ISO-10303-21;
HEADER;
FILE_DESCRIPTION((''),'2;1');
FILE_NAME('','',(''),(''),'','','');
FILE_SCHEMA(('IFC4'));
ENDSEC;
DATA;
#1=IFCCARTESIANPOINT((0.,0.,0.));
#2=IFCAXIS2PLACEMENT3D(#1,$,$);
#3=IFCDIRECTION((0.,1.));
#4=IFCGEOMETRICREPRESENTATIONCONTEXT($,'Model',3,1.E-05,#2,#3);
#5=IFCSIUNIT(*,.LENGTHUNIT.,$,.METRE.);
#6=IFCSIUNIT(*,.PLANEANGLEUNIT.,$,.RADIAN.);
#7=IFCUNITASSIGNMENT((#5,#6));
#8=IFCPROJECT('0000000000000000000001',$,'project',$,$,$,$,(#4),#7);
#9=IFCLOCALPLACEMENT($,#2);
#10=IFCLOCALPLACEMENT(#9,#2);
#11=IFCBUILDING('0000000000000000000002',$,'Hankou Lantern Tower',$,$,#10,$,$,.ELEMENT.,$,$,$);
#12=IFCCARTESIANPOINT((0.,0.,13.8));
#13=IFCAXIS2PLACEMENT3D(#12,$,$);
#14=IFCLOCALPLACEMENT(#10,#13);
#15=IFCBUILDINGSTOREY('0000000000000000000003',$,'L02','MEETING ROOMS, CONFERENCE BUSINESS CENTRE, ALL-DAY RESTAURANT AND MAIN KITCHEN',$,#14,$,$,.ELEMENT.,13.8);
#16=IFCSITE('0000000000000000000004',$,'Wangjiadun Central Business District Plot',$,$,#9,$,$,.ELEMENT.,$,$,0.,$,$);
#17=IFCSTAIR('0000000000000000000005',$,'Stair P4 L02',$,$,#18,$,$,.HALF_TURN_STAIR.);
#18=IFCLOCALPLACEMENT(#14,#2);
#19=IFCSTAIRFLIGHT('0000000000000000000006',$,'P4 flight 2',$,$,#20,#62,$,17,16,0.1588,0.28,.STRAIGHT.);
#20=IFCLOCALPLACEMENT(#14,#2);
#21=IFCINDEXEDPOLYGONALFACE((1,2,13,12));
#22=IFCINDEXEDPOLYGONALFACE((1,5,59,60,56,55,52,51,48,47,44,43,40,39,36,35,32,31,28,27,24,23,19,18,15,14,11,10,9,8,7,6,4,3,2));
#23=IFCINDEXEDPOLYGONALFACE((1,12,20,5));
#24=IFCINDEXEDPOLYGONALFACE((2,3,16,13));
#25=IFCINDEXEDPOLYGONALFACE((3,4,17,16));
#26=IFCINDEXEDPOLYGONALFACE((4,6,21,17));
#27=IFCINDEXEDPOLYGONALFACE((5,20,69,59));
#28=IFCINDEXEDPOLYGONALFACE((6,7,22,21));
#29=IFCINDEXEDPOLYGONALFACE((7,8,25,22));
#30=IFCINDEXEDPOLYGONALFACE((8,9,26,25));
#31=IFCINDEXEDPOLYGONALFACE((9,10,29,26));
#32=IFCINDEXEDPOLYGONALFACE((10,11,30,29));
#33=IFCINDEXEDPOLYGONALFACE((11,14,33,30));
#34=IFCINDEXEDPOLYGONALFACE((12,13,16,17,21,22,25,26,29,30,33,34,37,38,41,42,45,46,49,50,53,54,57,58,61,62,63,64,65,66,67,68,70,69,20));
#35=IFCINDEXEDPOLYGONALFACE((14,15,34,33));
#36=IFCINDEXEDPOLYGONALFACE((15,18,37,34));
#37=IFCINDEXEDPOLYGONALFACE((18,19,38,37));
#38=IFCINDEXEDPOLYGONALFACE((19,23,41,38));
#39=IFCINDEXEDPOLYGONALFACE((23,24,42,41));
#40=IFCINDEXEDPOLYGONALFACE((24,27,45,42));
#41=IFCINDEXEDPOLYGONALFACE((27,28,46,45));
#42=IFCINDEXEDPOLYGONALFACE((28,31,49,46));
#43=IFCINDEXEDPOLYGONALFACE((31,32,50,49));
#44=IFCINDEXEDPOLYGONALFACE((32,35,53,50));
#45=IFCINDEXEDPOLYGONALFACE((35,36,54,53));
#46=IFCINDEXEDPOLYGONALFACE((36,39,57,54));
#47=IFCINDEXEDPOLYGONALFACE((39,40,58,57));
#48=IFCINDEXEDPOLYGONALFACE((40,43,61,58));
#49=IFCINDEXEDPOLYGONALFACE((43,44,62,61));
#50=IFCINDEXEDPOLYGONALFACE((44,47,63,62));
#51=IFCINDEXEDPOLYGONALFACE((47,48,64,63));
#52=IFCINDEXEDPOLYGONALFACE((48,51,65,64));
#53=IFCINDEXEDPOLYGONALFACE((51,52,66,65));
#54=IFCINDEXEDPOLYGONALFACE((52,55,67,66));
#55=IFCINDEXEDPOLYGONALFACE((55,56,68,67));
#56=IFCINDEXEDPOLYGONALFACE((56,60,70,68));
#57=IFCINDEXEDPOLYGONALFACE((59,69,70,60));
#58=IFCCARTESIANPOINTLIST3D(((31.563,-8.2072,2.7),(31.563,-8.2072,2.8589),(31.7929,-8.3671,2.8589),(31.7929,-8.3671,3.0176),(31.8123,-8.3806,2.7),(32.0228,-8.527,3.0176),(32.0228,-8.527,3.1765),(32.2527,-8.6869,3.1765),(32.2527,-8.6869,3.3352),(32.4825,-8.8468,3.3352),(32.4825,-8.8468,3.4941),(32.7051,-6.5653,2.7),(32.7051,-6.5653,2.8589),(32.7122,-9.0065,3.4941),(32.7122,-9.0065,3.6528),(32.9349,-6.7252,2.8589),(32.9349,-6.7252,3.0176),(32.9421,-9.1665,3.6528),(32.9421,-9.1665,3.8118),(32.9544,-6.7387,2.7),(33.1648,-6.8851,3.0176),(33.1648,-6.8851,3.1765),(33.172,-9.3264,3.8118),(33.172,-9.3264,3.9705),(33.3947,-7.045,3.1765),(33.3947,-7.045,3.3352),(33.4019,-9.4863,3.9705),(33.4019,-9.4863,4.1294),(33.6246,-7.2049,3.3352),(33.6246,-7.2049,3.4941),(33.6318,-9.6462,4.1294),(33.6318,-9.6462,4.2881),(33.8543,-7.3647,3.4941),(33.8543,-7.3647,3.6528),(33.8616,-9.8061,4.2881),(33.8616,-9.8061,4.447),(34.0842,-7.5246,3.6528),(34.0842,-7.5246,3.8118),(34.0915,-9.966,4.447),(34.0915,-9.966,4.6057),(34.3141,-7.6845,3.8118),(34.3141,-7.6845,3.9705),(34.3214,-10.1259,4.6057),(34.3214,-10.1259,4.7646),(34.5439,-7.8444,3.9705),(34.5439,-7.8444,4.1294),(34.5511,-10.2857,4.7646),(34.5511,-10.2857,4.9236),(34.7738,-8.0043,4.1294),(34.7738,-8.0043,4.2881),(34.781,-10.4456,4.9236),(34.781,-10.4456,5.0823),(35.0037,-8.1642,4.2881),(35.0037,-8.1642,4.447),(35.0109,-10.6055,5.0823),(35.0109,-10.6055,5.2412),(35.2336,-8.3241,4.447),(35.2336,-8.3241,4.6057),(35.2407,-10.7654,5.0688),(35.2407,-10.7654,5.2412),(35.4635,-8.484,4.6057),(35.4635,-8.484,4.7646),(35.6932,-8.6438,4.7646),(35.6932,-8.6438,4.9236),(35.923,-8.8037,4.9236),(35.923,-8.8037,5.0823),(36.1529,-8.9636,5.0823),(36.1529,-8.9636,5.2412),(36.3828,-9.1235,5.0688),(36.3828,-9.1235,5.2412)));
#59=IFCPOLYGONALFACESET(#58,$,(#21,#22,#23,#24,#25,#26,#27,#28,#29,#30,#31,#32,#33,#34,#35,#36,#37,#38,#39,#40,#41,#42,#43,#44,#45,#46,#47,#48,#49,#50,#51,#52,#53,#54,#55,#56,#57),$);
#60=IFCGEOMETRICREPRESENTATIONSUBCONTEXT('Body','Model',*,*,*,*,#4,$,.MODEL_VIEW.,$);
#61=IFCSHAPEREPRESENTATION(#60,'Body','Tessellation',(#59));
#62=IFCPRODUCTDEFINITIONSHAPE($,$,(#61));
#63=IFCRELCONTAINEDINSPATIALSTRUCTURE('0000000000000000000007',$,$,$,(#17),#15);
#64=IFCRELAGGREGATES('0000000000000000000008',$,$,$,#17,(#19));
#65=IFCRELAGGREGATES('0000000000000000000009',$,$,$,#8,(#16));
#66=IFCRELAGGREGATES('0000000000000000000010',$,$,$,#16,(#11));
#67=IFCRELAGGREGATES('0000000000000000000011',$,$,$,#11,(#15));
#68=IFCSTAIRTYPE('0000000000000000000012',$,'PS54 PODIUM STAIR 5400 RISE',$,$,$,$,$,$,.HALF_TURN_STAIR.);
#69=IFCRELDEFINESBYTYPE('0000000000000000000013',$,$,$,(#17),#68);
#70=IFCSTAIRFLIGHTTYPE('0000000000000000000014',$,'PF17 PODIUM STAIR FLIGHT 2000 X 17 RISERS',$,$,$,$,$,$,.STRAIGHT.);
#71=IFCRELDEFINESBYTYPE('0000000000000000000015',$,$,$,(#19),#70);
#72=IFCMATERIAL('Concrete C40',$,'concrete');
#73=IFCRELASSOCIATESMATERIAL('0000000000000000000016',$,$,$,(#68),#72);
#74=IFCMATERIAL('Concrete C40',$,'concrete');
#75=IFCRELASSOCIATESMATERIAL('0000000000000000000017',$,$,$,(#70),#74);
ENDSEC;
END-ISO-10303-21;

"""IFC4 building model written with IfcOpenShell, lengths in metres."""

from ifc_helpers import new_model, si_unit, direction, frame, origin, place, context, subcontext, project, spatial, polyline, outline, extrude, material, type_object, element, aggregate, save


model = new_model("IFC4")

# Units and contexts
model_context = context("Model", 3, precision=1e-05, world=origin(), true_north=direction((0.0, 1.0)))
body_context = subcontext(model_context, "Body", "Model", "MODEL_VIEW")
ifc_project = project(units=[si_unit("LENGTHUNIT", "METRE"), si_unit("PLANEANGLEUNIT", "RADIAN")], contexts=[model_context])

# Site, building, storey
site_placement = place(None, origin())
site = spatial("IfcSite", under=ifc_project, at=site_placement, Name="Wangjiadun Central Business District Plot", CompositionType="ELEMENT", RefElevation=0.0)
building_placement = place(site_placement, origin())
building = spatial("IfcBuilding", under=site, at=building_placement, Name="Hankou Lantern Tower", CompositionType="ELEMENT")
storey_placement = place(building_placement, frame((0.0, 0.0, 13.8)))
storey = spatial("IfcBuildingStorey", under=building, at=storey_placement, Name="L02", Description="MEETING ROOMS, CONFERENCE BUSINESS CENTRE, ALL-DAY RESTAURANT AND MAIN KITCHEN", CompositionType="ELEMENT", Elevation=13.8)

# Stair, stair flight
ifc_material_1 = material(Name="Concrete C40", Category="concrete")
stair_type = type_object("IfcStairType", Name="PS54 PODIUM STAIR 5400 RISE", PredefinedType="HALF_TURN_STAIR", material=ifc_material_1)
stair_placement = place(storey_placement, origin())
stair = element("IfcStair", 1, at=stair_placement, inside=storey, type_object=stair_type, Name="Stair P4 L02", PredefinedType="HALF_TURN_STAIR")
ifc_material_2 = material(Name="Concrete C40", Category="concrete")
stair_flight_type = type_object("IfcStairFlightType", Name="PF17 PODIUM STAIR FLIGHT 2000 X 17 RISERS", PredefinedType="STRAIGHT", material=ifc_material_2)
stair_flight_1_placement = place(storey_placement, frame((32.134, -7.3862, 2.7), z_axis=(0.0, 0.0, 1.0), x_axis=(0.820927, -0.571033, 0.0)))
stair_flight_1 = element("IfcStairFlight", 2, at=stair_flight_1_placement, type_object=stair_flight_type, Name="P4 flight 2", NumberOfRisers=17, NumberOfTreads=16, PredefinedType="STRAIGHT", RiserHeight=0.1588, TreadLength=0.28, context=body_context, shape_type="SweptSolid", body=[
    extrude(outline(polyline([(0.0, 0.0), (0.0, 0.1589), (0.28, 0.1589), (0.28, 0.3176), (0.5601, 0.3176), (0.5601, 0.4766), (0.8401, 0.4766), (0.8401, 0.6353), (1.1201, 0.6353), (1.1201, 0.7942), (1.3999, 0.7942), (1.3999, 0.9529), (1.6799, 0.9529), (1.6799, 1.1118), (1.96, 1.1118), (1.96, 1.2705), (2.24, 1.2705), (2.24, 1.4294), (2.52, 1.4294), (2.52, 1.5881), (2.8, 1.5881), (2.8, 1.7471), (3.0801, 1.7471), (3.0801, 1.9058), (3.3601, 1.9058), (3.3601, 2.0647), (3.6399, 2.0647), (3.6399, 2.2236), (3.9199, 2.2236), (3.9199, 2.3823), (4.2, 2.3823), (4.2, 2.5413), (4.48, 2.5413), (4.48, 2.7), (4.48, 2.3689), (0.3037, 0.0), (0.0, 0.0)])), frame((0.0, 1.0, 0.0), z_axis=(0.0, -1.0, 0.0), x_axis=(1.0, 0.0, 0.0)), (0.0, 0.0, 1.0), 2.0),
])
aggregate(stair, [stair_flight_1])

save(model, "model.ifc")
